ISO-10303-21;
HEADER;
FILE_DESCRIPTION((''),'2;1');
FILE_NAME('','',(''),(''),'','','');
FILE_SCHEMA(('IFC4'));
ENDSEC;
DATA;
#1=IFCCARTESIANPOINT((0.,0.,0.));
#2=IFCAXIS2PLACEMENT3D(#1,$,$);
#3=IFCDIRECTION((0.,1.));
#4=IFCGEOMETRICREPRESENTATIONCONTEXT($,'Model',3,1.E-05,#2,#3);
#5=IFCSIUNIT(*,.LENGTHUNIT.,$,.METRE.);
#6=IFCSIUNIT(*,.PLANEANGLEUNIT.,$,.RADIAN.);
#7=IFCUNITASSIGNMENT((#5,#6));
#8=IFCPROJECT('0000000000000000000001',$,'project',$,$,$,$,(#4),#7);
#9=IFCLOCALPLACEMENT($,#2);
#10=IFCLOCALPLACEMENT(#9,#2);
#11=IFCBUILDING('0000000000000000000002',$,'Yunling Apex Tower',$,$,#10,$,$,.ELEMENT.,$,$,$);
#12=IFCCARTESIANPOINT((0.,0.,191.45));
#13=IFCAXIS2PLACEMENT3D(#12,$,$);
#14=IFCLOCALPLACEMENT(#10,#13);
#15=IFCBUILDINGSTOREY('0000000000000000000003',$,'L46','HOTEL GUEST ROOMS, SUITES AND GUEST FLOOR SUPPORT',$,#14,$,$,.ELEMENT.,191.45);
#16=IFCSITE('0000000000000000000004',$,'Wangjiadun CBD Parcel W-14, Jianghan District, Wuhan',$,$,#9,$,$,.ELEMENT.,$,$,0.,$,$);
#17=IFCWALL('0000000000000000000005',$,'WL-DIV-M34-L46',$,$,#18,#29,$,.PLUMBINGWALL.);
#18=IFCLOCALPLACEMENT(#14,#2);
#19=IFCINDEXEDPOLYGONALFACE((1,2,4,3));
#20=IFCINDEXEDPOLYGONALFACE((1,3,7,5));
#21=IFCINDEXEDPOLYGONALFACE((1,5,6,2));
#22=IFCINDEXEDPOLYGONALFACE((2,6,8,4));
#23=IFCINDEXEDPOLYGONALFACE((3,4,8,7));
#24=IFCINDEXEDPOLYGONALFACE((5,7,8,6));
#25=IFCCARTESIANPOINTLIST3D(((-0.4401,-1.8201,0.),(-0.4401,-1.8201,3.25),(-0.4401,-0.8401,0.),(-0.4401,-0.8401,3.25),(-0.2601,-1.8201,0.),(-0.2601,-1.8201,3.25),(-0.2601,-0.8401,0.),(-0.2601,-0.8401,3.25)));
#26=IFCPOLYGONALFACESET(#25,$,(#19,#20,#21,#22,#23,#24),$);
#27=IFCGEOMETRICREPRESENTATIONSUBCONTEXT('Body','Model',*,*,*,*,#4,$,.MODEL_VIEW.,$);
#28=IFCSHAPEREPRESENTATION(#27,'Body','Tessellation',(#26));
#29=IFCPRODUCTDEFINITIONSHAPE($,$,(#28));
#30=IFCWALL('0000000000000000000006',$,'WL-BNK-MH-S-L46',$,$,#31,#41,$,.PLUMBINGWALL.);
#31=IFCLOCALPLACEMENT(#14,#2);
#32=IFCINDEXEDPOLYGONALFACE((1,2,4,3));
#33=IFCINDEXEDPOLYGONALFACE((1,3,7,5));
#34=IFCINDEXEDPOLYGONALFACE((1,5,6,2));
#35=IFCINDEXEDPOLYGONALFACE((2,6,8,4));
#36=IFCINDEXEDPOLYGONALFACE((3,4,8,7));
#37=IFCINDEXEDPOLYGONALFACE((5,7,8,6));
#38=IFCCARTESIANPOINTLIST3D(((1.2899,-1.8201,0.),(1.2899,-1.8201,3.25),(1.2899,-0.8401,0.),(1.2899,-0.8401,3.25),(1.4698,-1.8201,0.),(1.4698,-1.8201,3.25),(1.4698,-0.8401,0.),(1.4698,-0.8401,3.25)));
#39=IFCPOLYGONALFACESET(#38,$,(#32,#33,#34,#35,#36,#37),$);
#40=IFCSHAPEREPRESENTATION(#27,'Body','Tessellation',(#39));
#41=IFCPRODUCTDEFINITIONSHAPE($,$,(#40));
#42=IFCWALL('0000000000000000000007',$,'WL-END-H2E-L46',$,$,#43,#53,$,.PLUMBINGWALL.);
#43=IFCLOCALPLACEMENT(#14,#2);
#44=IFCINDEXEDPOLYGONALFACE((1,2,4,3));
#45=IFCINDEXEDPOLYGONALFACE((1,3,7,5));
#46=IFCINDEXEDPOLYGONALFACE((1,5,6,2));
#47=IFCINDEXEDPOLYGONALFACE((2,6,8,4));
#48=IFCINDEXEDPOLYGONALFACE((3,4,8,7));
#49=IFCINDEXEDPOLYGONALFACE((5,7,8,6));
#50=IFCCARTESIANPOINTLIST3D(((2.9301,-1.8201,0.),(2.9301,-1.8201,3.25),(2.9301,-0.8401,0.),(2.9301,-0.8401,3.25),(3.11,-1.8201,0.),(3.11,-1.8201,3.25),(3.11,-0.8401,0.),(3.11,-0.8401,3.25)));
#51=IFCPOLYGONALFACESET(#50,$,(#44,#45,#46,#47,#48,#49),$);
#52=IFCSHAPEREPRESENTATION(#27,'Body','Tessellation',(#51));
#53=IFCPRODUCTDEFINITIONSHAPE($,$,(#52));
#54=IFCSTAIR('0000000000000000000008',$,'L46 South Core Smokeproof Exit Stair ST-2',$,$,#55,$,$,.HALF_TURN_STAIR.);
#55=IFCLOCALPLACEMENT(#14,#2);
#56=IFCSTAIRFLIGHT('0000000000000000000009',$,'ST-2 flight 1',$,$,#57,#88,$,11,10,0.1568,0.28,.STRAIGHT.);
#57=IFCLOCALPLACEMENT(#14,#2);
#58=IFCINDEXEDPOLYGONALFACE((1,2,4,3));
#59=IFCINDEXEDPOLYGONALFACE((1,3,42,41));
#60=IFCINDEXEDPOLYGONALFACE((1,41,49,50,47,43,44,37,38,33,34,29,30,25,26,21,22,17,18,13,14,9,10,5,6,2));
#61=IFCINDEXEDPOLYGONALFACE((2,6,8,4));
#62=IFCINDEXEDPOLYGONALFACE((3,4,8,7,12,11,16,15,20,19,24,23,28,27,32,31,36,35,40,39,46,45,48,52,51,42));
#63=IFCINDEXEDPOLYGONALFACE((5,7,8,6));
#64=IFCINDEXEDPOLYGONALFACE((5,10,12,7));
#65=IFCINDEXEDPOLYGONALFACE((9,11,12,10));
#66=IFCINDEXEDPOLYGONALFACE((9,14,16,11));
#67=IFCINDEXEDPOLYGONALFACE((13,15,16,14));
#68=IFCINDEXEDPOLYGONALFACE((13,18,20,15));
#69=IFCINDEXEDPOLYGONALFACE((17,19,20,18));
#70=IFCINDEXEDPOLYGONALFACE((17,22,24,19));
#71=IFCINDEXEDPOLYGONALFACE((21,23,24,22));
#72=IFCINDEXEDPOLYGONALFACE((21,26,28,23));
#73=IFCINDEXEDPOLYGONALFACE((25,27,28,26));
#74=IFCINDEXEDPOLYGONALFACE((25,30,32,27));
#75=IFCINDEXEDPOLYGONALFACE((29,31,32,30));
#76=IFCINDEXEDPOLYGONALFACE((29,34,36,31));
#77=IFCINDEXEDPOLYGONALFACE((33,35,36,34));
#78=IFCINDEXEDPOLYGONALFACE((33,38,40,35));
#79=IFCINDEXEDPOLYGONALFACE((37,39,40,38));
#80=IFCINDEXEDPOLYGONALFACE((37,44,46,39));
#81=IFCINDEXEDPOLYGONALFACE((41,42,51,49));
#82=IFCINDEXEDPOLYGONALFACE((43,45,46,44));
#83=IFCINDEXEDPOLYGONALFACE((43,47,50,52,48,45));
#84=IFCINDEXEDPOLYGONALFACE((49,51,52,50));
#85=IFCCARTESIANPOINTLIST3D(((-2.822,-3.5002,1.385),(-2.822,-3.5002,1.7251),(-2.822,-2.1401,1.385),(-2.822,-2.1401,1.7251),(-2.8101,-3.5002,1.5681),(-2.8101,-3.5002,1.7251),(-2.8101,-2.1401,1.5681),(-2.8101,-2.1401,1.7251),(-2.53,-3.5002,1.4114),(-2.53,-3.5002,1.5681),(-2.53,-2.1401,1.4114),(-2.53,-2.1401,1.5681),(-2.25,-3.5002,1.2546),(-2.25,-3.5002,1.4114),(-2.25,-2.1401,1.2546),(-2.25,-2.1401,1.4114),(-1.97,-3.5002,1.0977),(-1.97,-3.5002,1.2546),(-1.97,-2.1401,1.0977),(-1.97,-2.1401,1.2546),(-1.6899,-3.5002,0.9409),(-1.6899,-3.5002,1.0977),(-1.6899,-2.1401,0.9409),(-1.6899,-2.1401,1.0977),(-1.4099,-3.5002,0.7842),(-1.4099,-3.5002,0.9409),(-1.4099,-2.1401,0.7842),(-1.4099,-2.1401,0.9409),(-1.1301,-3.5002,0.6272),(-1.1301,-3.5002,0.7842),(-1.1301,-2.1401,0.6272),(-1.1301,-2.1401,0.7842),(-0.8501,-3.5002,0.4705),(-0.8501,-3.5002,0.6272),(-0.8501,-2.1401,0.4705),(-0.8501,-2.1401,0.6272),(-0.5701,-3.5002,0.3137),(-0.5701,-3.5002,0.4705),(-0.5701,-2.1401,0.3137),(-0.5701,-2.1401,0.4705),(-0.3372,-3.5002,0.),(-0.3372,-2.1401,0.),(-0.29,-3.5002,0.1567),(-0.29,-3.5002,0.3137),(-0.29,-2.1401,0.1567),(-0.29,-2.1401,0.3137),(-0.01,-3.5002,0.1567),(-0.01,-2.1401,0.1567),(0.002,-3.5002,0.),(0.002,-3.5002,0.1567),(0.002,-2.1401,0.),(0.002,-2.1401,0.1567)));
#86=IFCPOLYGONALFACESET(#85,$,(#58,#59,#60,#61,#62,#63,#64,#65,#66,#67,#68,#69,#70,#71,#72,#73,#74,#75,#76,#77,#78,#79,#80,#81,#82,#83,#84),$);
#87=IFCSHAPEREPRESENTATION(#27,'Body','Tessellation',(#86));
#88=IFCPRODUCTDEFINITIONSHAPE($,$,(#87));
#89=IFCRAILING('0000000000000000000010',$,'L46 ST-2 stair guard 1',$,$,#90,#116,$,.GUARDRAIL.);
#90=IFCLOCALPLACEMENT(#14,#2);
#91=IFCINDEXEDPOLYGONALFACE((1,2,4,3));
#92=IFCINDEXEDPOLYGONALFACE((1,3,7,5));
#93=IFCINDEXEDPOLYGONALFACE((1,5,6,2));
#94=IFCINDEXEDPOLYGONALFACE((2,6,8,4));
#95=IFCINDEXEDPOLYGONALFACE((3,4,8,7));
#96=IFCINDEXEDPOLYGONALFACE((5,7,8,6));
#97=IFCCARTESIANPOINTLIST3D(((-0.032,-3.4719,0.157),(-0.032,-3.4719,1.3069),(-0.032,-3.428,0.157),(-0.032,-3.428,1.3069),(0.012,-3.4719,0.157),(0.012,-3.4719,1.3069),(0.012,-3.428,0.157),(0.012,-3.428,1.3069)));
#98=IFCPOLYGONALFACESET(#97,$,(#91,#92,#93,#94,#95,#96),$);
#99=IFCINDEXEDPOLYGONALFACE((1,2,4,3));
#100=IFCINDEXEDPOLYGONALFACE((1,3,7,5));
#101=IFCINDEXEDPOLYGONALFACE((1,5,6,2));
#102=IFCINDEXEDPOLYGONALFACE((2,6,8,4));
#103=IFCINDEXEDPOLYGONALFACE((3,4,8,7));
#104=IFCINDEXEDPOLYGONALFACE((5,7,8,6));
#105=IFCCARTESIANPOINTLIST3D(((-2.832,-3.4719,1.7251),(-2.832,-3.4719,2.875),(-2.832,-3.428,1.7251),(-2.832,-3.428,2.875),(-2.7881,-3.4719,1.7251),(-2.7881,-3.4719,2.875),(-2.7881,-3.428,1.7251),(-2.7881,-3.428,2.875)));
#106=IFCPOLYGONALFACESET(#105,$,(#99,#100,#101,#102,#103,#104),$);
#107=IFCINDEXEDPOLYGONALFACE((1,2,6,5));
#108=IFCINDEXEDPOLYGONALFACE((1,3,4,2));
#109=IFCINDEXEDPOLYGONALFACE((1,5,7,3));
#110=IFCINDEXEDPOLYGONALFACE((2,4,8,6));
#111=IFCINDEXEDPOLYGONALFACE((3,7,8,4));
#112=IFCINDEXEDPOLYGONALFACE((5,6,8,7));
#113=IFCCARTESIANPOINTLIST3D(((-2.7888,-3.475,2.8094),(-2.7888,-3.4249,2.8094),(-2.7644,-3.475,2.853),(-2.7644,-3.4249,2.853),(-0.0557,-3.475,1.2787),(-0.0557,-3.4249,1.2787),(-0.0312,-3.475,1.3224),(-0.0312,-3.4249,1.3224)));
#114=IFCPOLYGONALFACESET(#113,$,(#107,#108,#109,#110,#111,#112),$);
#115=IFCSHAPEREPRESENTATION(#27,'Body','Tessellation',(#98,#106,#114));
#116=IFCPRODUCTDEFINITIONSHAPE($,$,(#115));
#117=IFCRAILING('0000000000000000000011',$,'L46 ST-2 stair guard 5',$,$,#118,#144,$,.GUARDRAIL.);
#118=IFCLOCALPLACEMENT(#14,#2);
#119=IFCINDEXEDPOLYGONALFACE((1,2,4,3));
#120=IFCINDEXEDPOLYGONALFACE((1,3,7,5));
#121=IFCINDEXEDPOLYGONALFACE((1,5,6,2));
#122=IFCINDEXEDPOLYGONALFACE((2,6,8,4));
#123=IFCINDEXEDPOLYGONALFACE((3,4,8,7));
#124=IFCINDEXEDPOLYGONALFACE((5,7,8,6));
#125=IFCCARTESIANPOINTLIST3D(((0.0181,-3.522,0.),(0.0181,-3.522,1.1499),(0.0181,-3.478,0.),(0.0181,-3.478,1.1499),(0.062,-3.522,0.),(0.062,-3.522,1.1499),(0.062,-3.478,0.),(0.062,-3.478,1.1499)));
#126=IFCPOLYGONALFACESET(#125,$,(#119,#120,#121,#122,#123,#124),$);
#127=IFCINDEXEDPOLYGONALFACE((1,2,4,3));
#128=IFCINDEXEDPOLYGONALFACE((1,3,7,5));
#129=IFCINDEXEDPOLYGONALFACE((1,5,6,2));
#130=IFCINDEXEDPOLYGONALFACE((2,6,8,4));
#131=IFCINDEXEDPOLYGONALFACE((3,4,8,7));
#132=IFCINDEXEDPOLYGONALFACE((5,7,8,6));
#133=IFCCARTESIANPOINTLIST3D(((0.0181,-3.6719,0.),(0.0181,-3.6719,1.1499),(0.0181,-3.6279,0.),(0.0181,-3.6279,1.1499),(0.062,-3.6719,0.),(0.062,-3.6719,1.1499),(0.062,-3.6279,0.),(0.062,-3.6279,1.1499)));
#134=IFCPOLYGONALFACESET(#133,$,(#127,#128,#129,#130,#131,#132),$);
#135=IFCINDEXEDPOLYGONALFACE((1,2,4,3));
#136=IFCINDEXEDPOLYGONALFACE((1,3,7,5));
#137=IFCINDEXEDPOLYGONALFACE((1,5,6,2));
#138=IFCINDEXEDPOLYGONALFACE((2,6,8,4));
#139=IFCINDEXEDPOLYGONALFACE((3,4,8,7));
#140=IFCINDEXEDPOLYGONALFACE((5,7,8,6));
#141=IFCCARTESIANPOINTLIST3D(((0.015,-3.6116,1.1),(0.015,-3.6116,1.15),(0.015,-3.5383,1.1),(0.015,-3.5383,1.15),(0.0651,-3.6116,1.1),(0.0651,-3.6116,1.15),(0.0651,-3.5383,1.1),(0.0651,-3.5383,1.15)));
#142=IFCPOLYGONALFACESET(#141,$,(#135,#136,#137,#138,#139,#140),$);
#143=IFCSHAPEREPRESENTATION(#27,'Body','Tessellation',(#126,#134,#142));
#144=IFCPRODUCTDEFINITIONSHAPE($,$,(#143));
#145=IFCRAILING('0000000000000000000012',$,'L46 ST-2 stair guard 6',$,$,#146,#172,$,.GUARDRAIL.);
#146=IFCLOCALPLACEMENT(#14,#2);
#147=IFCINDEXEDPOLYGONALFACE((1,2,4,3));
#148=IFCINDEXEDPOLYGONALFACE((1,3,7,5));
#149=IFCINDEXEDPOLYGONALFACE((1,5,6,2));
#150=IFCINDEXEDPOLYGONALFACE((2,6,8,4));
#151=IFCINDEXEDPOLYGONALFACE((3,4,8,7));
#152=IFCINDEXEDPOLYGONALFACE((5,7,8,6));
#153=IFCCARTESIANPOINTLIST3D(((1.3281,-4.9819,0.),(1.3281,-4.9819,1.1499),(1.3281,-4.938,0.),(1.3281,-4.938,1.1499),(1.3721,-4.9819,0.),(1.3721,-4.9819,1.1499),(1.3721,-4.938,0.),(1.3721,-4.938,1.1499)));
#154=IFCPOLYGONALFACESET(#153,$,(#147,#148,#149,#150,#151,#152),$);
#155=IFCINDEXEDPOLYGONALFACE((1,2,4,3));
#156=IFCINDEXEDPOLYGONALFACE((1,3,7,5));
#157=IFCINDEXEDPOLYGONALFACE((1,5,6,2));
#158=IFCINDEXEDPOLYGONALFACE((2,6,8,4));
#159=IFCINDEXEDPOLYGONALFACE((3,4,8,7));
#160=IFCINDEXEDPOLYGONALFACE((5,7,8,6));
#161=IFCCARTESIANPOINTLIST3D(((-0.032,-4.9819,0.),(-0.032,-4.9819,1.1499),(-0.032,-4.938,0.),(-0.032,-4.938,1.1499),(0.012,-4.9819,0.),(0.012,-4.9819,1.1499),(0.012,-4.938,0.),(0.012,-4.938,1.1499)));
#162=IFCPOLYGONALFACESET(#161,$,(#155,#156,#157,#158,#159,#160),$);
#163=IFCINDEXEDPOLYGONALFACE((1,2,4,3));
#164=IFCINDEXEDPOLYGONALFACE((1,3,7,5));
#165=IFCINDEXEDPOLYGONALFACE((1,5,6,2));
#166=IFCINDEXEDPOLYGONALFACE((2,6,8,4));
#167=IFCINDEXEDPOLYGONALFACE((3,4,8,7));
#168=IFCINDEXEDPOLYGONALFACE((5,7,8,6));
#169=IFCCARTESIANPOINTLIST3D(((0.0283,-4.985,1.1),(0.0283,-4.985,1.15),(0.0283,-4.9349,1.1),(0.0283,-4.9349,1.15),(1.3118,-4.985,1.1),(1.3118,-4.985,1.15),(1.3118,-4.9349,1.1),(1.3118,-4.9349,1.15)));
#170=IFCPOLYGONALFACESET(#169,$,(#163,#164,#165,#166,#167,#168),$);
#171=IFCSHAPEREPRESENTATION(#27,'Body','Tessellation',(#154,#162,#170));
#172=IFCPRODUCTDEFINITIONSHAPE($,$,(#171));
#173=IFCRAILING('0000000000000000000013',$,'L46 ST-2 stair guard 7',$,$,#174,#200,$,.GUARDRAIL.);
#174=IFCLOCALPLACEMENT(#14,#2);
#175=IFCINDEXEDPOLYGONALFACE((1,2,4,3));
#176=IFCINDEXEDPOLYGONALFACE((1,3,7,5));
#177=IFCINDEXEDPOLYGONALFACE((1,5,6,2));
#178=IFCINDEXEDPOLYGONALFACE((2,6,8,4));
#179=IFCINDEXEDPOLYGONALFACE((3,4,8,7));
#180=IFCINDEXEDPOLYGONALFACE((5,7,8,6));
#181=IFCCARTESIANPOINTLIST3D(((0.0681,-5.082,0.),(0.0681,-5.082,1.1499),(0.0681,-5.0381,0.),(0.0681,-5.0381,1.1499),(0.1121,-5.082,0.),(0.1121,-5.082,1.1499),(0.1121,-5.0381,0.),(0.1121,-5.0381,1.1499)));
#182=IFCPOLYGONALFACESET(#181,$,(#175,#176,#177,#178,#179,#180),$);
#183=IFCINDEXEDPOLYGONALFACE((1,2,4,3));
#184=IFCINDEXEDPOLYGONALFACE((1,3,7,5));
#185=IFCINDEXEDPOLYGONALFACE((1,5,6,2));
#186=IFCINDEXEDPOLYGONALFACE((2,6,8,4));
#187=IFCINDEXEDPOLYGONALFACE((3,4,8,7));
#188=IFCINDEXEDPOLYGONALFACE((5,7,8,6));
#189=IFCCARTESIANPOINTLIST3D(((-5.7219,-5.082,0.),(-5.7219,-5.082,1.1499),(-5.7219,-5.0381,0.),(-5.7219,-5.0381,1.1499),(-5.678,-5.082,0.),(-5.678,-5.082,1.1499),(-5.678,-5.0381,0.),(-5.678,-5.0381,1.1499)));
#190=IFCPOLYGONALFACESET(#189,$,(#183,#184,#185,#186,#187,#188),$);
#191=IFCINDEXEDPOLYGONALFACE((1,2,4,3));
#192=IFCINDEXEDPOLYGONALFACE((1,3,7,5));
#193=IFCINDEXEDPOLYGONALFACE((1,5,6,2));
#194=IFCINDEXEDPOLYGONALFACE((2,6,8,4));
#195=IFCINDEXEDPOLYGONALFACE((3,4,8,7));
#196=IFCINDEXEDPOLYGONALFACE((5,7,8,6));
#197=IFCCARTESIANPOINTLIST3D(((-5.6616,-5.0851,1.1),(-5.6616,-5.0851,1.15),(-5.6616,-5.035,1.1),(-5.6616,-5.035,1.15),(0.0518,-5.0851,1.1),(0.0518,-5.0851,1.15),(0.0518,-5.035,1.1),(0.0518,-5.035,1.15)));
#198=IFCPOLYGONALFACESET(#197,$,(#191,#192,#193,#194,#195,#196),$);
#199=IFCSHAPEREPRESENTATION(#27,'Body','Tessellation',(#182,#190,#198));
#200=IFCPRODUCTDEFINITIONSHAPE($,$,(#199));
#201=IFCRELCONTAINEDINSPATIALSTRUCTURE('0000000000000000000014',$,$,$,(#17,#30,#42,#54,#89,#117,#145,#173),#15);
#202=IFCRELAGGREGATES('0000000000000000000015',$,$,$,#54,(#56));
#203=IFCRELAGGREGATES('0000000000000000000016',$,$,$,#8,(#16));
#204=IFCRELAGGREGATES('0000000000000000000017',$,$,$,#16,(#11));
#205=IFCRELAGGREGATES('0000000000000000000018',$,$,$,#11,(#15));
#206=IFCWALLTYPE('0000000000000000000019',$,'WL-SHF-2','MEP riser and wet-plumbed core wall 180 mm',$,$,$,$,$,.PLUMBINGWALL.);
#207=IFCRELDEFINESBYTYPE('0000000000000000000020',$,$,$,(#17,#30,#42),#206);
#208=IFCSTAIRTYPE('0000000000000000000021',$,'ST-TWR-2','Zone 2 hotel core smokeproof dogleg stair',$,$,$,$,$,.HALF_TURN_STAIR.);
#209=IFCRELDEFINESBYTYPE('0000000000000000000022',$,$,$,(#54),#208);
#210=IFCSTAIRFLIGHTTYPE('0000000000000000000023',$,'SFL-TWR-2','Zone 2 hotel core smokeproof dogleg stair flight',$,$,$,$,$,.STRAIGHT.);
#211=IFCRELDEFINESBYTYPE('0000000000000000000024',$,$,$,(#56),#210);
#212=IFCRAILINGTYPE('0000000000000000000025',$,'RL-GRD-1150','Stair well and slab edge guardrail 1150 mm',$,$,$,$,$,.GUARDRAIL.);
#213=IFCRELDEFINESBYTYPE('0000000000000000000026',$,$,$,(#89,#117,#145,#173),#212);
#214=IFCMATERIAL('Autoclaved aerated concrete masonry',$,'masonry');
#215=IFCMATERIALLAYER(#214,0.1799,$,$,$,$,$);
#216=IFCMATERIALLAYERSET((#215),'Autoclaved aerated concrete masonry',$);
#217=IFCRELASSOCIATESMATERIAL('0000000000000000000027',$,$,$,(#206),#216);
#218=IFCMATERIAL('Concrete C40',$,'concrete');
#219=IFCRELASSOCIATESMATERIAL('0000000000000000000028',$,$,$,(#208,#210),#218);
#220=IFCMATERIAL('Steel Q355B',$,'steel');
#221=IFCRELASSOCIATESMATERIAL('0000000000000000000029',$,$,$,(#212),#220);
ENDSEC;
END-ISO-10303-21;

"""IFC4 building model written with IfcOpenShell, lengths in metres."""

from ifc_helpers import new_model, si_unit, direction, frame, frame_2d, origin, origin_2d, place, context, subcontext, project, spatial, polyline, rectangle, outline, extrude, material, layer, layer_set, type_object, element, aggregate, save


model = new_model("IFC4")

# Units and contexts
model_context = context("Model", 3, precision=1e-05, world=origin(), true_north=direction((0.0, 1.0)))
body_context = subcontext(model_context, "Body", "Model", "MODEL_VIEW")
ifc_project = project(units=[si_unit("LENGTHUNIT", "METRE"), si_unit("PLANEANGLEUNIT", "RADIAN")], contexts=[model_context])

# Site, building, storey
site_placement = place(None, origin())
site = spatial("IfcSite", under=ifc_project, at=site_placement, Name="Wangjiadun CBD Parcel W-14, Jianghan District, Wuhan", CompositionType="ELEMENT", RefElevation=0.0)
building_placement = place(site_placement, origin())
building = spatial("IfcBuilding", under=site, at=building_placement, Name="Yunling Apex Tower", CompositionType="ELEMENT")
storey_placement = place(building_placement, frame((0.0, 0.0, 191.45)))
storey = spatial("IfcBuildingStorey", under=building, at=storey_placement, Name="L46", Description="HOTEL GUEST ROOMS, SUITES AND GUEST FLOOR SUPPORT", CompositionType="ELEMENT", Elevation=191.45)

# Shared definitions
ifc_material_1 = material(Name="Concrete C40", Category="concrete")

# Shared definitions
ifc_material_2 = material(Name="Autoclaved aerated concrete masonry", Category="masonry")
ifc_material_3 = material(Name="Steel Q355B", Category="steel")

# Walls
ifc_layer_1 = layer(ifc_material_2, 0.1799)
ifc_layer_set_1 = layer_set([ifc_layer_1], Name="Autoclaved aerated concrete masonry")
wall_type_1 = type_object("IfcWallType", Name="WL-SHF-2", Description="MEP riser and wet-plumbed core wall 180 mm", PredefinedType="PLUMBINGWALL", material=ifc_layer_set_1)
for number, where, z_axis, x_axis, name in (
    (1, (-0.3501, -1.8201, 0.0), (0.0, 0.0, 1.0), (0.0, 1.0, 0.0), "WL-DIV-M34-L46"),
    (2, (1.3799, -1.8201, 0.0), (0.0, 0.0, 1.0), (0.0, 1.0, 0.0), "WL-BNK-MH-S-L46"),
    (3, (3.02, -1.8201, 0.0), (0.0, 0.0, 1.0), (0.0, 1.0, 0.0), "WL-END-H2E-L46"),
):
    element("IfcWall", number, at=place(storey_placement, frame(where, z_axis=z_axis, x_axis=x_axis)), inside=storey, type_object=wall_type_1, Name=name, PredefinedType="PLUMBINGWALL", context=body_context, shape_type="SweptSolid", body=[
        extrude(rectangle(XDim=0.98, YDim=0.1799, at=frame_2d((0.49, 0.0))), origin(), (0.0, 0.0, 1.0), 3.25),
    ])

# Stair, stair flight
stair_type = type_object("IfcStairType", Name="ST-TWR-2", Description="Zone 2 hotel core smokeproof dogleg stair", PredefinedType="HALF_TURN_STAIR", material=ifc_material_1)
stair_placement = place(storey_placement, origin())
stair = element("IfcStair", 4, at=stair_placement, inside=storey, type_object=stair_type, Name="L46 South Core Smokeproof Exit Stair ST-2", PredefinedType="HALF_TURN_STAIR")
stair_flight_type = type_object("IfcStairFlightType", Name="SFL-TWR-2", Description="Zone 2 hotel core smokeproof dogleg stair flight", PredefinedType="STRAIGHT", material=ifc_material_1)
stair_flight_placement = place(storey_placement, frame((-0.01, -2.8201, 0.0), z_axis=(0.0, 0.0, 1.0), x_axis=(-1.0, 0.0, 0.0)))
stair_flight = element("IfcStairFlight", 5, at=stair_flight_placement, type_object=stair_flight_type, Name="ST-2 flight 1", NumberOfRisers=11, NumberOfTreads=10, PredefinedType="STRAIGHT", RiserHeight=0.1568, TreadLength=0.28, context=body_context, shape_type="SweptSolid", body=[
    extrude(outline(polyline([(-0.012, 0.0), (-0.012, 0.1567), (0.0, 0.1567), (0.28, 0.1567), (0.28, 0.3137), (0.5601, 0.3137), (0.5601, 0.4705), (0.8401, 0.4705), (0.8401, 0.6272), (1.1201, 0.6272), (1.1201, 0.7842), (1.3999, 0.7842), (1.3999, 0.9409), (1.6799, 0.9409), (1.6799, 1.0977), (1.96, 1.0977), (1.96, 1.2546), (2.24, 1.2546), (2.24, 1.4114), (2.52, 1.4114), (2.52, 1.5681), (2.8, 1.5681), (2.8, 1.7251), (2.812, 1.7251), (2.812, 1.385), (0.3271, 0.0), (-0.012, 0.0)])), frame((0.0, 0.6802, 0.0), z_axis=(0.0, -1.0, 0.0), x_axis=(1.0, 0.0, 0.0)), (0.0, 0.0, 1.0), 1.3601),
])
aggregate(stair, [stair_flight])

# Railings
railing_type_1 = type_object("IfcRailingType", Name="RL-GRD-1150", Description="Stair well and slab edge guardrail 1150 mm", PredefinedType="GUARDRAIL", material=ifc_material_3)
railing_1_placement = place(storey_placement, frame((-0.01, -3.45, 0.157)))
element("IfcRailing", 6, at=railing_1_placement, inside=storey, type_object=railing_type_1, Name="L46 ST-2 stair guard 1", PredefinedType="GUARDRAIL", context=body_context, shape_type="SweptSolid", body=[
    extrude(rectangle(XDim=0.0439, YDim=0.0439, at=origin_2d()), origin(), (0.0, 0.0, 1.0), 1.1499),
    extrude(rectangle(XDim=0.0439, YDim=0.0439, at=origin_2d()), frame((-2.8, 0.0, 1.5681)), (0.0, 0.0, 1.0), 1.1499),
    extrude(rectangle(XDim=0.05, YDim=0.05, at=origin_2d()), frame((-0.0334, 0.0, 1.1436), z_axis=(-0.872494, 0.0, 0.488624), x_axis=(0.0, -1.0, 0.0)), (0.0, 0.0, 1.0), 3.1326),
])
railing_2_placement = place(storey_placement, frame((0.04, -3.5, 0.0)))
element("IfcRailing", 7, at=railing_2_placement, inside=storey, type_object=railing_type_1, Name="L46 ST-2 stair guard 5", PredefinedType="GUARDRAIL", context=body_context, shape_type="SweptSolid", body=[
    extrude(rectangle(XDim=0.0439, YDim=0.0439, at=origin_2d()), origin(), (0.0, 0.0, 1.0), 1.1499),
    extrude(rectangle(XDim=0.0439, YDim=0.0439, at=origin_2d()), frame((0.0, -0.1499, 0.0)), (0.0, 0.0, 1.0), 1.1499),
    extrude(rectangle(XDim=0.05, YDim=0.05, at=origin_2d()), frame((0.0, -0.0383, 1.125), z_axis=(0.0, -1.0, 0.0), x_axis=(1.0, 0.0, 0.0)), (0.0, 0.0, 1.0), 0.0732),
])
railing_3_placement = place(storey_placement, frame((1.3501, -4.96, 0.0)))
element("IfcRailing", 8, at=railing_3_placement, inside=storey, type_object=railing_type_1, Name="L46 ST-2 stair guard 6", PredefinedType="GUARDRAIL", context=body_context, shape_type="SweptSolid", body=[
    extrude(rectangle(XDim=0.0439, YDim=0.0439, at=origin_2d()), origin(), (0.0, 0.0, 1.0), 1.1499),
    extrude(rectangle(XDim=0.0439, YDim=0.0439, at=origin_2d()), frame((-1.3601, 0.0, 0.0)), (0.0, 0.0, 1.0), 1.1499),
    extrude(rectangle(XDim=0.05, YDim=0.05, at=origin_2d()), frame((-0.0383, 0.0, 1.125), z_axis=(-1.0, 0.0, 0.0), x_axis=(0.0, -1.0, 0.0)), (0.0, 0.0, 1.0), 1.2834),
])
railing_4_placement = place(storey_placement, frame((0.0901, -5.0601, 0.0)))
element("IfcRailing", 9, at=railing_4_placement, inside=storey, type_object=railing_type_1, Name="L46 ST-2 stair guard 7", PredefinedType="GUARDRAIL", context=body_context, shape_type="SweptSolid", body=[
    extrude(rectangle(XDim=0.0439, YDim=0.0439, at=origin_2d()), origin(), (0.0, 0.0, 1.0), 1.1499),
    extrude(rectangle(XDim=0.0439, YDim=0.0439, at=origin_2d()), frame((-5.79, 0.0, 0.0)), (0.0, 0.0, 1.0), 1.1499),
    extrude(rectangle(XDim=0.05, YDim=0.05, at=origin_2d()), frame((-0.0383, 0.0, 1.125), z_axis=(-1.0, 0.0, 0.0), x_axis=(0.0, -1.0, 0.0)), (0.0, 0.0, 1.0), 5.7134),
])

save(model, "model.ifc")
